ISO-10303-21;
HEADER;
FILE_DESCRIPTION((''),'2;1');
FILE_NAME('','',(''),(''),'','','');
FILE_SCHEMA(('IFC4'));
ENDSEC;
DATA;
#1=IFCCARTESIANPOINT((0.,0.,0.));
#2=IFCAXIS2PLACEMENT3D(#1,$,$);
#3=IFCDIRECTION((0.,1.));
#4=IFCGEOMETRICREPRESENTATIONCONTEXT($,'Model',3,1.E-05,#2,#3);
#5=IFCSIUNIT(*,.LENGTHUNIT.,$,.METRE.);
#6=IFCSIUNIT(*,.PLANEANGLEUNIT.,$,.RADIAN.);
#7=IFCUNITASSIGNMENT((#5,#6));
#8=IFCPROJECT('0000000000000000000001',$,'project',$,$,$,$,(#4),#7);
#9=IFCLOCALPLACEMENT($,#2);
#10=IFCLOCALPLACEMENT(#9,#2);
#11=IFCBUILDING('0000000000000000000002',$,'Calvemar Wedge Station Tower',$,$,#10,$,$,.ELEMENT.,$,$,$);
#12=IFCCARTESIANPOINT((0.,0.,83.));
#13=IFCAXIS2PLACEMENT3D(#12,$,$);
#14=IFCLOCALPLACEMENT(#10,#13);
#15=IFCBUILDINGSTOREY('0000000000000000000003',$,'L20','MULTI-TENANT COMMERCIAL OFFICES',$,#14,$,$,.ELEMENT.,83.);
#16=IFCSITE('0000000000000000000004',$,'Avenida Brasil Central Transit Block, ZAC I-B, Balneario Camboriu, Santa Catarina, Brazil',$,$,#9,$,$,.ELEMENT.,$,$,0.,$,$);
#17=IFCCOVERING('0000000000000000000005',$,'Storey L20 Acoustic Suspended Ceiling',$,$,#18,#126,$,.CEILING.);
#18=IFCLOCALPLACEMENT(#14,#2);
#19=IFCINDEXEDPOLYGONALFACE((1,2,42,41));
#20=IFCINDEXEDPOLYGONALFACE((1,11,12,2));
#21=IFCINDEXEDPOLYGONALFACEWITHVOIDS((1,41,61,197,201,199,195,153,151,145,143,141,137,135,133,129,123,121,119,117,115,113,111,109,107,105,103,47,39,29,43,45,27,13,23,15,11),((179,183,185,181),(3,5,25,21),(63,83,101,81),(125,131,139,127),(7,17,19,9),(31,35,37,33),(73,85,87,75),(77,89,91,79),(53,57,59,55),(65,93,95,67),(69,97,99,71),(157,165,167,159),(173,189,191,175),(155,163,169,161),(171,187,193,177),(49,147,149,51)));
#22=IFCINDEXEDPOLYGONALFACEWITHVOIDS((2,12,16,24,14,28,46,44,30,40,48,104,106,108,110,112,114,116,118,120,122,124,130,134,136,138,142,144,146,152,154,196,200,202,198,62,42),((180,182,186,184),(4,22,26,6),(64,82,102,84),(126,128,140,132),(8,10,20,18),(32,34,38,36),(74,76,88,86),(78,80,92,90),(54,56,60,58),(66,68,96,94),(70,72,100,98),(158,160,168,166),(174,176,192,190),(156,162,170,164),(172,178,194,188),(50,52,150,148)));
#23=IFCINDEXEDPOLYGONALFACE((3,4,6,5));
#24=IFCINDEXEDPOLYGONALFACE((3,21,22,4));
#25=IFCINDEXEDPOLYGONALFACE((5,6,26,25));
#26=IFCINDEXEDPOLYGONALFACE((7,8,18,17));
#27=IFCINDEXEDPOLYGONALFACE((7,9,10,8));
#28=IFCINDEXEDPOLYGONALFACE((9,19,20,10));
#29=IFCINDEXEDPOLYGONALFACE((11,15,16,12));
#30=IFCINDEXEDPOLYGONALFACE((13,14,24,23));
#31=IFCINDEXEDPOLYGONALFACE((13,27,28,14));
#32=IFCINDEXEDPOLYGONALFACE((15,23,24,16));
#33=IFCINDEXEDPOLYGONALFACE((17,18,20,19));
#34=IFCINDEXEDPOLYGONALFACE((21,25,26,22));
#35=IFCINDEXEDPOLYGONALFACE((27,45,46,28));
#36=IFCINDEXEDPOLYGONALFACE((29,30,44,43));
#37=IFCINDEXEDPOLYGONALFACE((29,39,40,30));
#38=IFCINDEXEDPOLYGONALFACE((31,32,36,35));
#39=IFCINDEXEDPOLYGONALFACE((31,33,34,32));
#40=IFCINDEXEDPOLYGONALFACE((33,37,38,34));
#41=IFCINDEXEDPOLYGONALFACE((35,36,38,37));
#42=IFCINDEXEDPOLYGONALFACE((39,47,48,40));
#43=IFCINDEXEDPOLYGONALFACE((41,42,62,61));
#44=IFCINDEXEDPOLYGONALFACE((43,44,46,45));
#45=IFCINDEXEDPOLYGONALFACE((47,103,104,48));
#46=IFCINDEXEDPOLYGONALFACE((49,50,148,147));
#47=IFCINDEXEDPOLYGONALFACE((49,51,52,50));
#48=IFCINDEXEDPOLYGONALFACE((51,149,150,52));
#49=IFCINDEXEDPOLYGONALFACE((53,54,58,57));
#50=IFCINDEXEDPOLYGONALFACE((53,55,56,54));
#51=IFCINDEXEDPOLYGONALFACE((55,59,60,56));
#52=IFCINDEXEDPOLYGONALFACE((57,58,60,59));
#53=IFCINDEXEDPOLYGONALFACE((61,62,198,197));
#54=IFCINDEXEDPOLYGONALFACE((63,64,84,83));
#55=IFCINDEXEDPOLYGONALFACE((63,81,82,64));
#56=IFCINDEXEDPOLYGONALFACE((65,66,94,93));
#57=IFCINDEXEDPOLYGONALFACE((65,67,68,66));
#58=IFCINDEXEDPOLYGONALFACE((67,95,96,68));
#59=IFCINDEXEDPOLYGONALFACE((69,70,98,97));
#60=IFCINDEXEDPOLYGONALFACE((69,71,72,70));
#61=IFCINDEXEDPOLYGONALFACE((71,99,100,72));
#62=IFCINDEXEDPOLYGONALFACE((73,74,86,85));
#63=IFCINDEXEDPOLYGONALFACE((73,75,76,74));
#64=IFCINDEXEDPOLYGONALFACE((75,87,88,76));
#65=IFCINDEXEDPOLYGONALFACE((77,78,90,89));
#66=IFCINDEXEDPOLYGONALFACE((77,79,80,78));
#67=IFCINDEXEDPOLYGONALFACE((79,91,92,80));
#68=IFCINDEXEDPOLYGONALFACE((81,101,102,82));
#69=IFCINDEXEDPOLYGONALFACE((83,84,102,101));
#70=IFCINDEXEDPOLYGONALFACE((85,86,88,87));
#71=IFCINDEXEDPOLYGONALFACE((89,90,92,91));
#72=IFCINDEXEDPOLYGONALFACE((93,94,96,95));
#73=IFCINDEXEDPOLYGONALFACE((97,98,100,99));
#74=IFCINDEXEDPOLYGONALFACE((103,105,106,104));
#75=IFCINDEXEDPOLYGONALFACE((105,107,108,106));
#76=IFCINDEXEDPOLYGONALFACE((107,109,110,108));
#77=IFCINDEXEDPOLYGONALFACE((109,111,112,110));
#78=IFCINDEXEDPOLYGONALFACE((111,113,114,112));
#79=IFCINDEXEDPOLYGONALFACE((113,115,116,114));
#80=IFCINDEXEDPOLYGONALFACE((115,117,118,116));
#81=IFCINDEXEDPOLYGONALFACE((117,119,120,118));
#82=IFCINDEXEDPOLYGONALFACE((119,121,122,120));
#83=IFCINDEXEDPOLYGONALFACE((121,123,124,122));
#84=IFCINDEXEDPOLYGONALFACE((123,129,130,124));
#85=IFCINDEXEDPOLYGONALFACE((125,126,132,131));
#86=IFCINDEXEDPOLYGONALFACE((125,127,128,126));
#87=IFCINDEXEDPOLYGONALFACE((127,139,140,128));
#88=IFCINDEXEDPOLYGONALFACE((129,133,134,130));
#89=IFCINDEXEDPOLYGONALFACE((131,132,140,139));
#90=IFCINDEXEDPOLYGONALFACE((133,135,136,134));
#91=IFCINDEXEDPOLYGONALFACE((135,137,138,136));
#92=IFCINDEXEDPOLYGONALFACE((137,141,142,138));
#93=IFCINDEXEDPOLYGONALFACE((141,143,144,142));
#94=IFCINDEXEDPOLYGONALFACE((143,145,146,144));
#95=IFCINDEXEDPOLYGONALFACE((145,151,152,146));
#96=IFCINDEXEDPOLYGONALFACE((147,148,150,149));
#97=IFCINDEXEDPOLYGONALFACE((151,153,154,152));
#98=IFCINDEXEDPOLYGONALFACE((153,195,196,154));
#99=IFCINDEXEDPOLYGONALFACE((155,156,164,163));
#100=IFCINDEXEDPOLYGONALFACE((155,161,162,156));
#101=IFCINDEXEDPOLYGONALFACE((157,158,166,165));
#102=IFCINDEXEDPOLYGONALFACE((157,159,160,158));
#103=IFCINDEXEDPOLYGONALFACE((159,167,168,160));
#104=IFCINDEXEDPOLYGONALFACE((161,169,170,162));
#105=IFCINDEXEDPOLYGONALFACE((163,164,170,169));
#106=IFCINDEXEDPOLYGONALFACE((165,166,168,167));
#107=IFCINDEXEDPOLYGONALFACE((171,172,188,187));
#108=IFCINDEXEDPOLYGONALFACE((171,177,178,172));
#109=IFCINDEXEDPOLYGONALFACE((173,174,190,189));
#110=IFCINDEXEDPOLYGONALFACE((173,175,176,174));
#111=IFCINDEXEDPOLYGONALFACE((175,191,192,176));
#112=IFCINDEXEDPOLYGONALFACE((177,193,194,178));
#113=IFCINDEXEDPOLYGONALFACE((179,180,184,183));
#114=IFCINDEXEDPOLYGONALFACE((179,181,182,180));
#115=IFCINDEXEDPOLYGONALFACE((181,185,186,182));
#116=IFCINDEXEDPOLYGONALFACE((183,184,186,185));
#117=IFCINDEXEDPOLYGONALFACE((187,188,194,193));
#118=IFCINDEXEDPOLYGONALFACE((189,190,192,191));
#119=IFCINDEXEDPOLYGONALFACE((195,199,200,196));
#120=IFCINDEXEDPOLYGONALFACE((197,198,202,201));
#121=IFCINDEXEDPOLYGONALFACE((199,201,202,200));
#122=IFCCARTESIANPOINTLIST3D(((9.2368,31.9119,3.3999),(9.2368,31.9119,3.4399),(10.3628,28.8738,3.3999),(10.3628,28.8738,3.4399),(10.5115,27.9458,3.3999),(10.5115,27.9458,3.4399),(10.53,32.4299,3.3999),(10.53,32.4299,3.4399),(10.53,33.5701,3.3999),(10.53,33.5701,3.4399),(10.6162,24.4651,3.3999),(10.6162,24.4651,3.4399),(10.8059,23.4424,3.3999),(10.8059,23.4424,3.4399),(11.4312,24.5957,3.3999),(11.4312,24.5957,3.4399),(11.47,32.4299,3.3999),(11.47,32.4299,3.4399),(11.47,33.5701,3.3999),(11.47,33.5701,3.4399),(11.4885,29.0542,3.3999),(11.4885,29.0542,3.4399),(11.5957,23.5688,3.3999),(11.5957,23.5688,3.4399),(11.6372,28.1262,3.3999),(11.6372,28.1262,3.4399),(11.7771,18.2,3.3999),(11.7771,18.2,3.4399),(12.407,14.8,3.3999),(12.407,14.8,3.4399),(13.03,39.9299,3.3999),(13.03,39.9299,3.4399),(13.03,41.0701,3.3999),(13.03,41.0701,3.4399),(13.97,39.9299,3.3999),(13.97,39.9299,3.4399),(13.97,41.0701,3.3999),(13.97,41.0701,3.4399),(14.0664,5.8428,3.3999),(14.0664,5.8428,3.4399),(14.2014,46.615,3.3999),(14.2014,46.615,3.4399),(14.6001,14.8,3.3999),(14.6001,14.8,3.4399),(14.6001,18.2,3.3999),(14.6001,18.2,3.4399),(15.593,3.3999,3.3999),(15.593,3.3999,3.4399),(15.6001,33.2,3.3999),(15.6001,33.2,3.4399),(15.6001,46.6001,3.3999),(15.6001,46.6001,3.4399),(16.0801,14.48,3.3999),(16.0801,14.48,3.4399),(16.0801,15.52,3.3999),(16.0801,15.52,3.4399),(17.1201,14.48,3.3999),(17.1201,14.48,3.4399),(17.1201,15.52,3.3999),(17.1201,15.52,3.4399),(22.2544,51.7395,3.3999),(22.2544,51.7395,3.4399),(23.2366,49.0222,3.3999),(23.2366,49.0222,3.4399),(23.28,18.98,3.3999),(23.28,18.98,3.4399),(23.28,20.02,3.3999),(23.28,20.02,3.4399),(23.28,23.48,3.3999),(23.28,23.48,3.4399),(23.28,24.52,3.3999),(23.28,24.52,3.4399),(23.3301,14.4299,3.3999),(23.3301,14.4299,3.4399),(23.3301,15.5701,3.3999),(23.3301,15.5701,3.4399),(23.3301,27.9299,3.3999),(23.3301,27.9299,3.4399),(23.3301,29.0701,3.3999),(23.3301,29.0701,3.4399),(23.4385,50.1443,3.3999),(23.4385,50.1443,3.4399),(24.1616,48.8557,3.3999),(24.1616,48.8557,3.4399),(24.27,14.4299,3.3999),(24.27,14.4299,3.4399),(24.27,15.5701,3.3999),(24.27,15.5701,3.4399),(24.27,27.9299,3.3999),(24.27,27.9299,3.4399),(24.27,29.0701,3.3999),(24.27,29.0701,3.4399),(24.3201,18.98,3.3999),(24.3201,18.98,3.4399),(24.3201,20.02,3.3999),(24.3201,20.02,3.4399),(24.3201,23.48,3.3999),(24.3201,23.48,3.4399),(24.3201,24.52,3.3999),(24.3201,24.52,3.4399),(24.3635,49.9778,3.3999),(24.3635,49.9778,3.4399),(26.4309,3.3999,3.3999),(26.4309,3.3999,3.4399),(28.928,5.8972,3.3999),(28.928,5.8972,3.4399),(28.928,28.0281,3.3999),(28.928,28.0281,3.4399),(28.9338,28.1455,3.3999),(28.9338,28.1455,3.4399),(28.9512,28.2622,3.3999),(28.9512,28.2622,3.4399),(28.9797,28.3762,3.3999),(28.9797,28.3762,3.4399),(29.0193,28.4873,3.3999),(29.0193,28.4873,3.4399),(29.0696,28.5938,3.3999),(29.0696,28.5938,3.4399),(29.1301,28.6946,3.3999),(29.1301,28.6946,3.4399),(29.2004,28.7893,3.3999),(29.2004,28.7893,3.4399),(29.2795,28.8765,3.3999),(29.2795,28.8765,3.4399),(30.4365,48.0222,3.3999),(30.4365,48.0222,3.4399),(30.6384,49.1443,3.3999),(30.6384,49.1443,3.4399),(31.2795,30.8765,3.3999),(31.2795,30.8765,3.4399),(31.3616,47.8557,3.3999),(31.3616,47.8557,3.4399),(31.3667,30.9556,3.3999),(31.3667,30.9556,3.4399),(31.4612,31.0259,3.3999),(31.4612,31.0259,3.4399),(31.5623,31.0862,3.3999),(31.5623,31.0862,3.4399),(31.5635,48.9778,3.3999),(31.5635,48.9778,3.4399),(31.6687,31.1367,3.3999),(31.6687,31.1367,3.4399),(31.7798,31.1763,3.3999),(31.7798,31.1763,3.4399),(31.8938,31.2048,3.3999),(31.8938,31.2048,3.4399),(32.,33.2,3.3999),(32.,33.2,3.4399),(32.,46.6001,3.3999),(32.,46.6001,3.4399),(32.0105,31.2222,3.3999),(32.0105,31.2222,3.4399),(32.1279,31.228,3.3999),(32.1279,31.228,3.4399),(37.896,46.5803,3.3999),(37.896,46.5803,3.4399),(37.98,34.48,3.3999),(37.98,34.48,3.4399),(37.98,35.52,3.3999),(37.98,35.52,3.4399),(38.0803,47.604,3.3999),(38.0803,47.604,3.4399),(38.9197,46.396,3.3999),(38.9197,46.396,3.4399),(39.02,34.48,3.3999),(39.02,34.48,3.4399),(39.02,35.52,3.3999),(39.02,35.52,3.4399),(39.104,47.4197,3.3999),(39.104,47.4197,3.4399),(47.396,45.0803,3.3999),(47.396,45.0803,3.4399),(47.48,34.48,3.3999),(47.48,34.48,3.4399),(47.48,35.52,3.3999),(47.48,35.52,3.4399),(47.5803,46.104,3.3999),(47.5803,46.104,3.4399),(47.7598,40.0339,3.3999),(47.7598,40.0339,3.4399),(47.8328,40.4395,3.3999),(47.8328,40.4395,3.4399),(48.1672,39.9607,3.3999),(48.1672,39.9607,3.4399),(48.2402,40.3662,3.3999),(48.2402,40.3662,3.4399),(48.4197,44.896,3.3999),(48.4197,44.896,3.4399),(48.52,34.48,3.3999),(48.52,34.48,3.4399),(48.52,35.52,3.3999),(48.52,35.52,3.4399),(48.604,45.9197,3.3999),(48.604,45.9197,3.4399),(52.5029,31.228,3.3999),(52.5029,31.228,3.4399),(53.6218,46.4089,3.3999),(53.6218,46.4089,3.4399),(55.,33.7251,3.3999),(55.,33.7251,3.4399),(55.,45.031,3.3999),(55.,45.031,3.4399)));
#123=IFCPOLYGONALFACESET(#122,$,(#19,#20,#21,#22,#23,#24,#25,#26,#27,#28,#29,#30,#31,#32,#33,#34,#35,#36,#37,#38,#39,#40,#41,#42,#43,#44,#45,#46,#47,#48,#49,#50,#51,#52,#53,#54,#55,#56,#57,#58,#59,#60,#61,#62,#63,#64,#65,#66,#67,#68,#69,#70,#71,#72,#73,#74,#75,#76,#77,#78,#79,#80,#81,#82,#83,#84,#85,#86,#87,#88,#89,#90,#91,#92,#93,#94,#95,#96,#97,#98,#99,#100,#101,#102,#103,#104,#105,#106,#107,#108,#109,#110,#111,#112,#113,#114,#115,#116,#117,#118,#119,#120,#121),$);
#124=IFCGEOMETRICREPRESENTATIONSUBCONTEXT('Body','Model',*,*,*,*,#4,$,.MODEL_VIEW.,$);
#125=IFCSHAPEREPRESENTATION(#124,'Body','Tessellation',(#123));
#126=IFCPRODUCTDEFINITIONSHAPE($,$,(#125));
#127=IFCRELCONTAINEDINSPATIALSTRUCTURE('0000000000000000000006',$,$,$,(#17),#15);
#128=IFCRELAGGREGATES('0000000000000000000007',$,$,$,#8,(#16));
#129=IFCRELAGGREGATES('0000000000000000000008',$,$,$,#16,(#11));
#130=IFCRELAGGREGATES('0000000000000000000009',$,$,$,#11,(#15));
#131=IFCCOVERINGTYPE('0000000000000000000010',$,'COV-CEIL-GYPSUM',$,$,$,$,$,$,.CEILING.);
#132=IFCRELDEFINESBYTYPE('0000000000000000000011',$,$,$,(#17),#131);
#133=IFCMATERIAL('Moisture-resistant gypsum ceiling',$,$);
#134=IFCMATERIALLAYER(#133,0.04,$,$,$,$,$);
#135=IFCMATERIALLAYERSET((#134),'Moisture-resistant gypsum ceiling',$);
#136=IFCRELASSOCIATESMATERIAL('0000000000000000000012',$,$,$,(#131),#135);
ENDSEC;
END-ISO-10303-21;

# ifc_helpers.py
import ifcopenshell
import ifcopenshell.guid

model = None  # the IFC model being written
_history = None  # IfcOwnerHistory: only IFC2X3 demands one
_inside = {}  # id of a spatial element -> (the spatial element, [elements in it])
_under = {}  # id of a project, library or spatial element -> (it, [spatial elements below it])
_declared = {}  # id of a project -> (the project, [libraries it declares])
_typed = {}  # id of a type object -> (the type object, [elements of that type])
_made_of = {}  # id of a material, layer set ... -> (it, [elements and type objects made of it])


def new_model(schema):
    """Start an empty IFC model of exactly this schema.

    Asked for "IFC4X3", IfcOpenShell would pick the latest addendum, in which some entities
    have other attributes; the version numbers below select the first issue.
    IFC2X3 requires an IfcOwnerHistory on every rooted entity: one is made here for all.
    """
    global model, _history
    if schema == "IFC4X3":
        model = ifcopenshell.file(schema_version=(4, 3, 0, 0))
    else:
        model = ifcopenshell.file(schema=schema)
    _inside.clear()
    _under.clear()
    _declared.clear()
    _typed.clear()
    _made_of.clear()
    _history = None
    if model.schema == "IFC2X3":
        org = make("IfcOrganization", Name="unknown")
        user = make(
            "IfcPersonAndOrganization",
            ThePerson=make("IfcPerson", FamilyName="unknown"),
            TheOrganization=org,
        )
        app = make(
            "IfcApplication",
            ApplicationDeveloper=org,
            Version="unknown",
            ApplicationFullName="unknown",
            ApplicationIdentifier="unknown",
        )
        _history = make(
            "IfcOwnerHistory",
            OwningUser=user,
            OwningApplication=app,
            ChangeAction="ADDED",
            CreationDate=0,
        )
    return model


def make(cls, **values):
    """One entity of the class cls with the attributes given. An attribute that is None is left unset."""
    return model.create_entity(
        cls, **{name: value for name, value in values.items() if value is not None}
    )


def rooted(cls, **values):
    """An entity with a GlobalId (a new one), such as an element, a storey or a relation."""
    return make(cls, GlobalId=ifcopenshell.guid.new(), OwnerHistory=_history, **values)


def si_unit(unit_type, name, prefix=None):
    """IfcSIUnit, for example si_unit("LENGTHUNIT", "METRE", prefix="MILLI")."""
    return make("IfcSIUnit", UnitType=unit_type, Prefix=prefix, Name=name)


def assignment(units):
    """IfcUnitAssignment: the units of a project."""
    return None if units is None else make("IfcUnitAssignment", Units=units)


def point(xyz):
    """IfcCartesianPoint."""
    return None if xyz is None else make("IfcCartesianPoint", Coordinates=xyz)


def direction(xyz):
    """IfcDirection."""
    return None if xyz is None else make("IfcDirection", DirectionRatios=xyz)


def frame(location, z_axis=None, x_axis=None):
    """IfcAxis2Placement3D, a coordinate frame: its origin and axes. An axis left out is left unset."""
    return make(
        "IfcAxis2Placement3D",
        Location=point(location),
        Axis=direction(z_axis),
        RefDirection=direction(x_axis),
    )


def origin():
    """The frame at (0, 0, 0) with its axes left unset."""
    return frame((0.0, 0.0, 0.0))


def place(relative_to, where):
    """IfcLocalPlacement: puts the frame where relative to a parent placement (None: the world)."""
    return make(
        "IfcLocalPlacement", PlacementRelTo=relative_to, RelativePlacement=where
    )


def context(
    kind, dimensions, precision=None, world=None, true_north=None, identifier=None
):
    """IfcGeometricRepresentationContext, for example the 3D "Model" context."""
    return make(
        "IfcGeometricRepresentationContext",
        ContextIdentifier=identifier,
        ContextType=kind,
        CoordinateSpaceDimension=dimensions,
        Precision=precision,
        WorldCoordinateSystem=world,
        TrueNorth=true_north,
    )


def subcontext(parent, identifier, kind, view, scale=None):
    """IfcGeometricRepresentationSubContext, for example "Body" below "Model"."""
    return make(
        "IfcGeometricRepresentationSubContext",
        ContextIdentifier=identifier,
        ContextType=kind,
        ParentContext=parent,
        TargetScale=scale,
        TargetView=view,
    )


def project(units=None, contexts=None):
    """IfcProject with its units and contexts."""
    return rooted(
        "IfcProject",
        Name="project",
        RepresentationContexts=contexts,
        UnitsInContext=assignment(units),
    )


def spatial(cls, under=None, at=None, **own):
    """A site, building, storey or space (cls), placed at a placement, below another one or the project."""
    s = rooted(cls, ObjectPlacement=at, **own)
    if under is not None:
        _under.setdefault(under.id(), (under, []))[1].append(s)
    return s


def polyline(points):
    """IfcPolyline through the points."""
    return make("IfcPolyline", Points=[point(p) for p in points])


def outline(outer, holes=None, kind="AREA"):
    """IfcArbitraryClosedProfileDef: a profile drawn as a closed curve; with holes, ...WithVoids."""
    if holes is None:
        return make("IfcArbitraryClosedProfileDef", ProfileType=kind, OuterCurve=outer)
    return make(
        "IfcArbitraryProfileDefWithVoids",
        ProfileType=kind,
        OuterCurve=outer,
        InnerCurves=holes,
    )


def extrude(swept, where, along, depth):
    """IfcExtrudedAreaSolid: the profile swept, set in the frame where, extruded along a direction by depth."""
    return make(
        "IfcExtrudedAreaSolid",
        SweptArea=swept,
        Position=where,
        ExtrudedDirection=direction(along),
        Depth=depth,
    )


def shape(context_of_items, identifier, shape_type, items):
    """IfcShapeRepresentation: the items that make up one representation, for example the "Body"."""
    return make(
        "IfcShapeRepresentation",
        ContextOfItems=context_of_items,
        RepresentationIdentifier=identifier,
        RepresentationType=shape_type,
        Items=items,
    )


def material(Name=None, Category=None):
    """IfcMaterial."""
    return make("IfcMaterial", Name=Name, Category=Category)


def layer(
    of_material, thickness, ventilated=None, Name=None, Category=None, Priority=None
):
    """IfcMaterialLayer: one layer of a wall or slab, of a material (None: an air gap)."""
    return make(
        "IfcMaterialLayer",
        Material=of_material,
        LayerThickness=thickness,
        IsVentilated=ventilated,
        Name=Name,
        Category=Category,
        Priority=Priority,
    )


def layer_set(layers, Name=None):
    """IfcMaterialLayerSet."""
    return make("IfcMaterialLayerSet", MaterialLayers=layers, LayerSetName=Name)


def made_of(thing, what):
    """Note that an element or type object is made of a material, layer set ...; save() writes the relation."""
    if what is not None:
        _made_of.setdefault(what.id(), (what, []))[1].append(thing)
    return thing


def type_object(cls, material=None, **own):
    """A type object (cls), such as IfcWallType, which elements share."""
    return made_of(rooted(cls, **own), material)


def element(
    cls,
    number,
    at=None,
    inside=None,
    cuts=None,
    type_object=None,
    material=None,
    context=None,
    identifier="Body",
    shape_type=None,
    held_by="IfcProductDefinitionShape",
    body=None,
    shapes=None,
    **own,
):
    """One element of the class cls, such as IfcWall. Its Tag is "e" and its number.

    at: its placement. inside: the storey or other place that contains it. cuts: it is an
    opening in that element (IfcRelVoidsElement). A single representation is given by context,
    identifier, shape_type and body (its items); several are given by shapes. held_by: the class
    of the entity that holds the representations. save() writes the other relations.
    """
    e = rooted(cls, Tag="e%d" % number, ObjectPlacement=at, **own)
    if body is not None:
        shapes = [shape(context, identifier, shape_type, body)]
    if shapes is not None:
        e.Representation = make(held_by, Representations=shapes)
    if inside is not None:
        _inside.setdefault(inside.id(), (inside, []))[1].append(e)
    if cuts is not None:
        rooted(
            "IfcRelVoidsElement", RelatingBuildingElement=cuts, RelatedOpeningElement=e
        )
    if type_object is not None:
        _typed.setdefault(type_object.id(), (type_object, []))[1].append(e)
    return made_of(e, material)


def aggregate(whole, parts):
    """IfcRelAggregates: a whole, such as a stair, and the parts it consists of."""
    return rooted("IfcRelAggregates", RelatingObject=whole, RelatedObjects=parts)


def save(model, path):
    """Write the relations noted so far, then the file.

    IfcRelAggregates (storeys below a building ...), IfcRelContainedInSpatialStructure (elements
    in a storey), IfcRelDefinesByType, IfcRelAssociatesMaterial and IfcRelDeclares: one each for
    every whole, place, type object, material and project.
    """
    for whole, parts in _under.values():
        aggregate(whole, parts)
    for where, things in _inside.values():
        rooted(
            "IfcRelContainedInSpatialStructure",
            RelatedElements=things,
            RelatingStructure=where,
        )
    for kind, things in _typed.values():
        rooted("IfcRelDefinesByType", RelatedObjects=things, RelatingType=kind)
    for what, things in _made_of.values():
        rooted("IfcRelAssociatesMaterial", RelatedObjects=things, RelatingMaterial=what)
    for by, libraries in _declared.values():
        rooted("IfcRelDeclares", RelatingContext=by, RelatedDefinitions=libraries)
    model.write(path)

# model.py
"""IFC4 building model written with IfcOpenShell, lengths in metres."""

from ifc_helpers import new_model, si_unit, direction, frame, origin, place, context, subcontext, project, spatial, polyline, outline, extrude, material, layer, layer_set, type_object, element, save


model = new_model("IFC4")

# Units and contexts
model_context = context("Model", 3, precision=1e-05, world=origin(), true_north=direction((0.0, 1.0)))
body_context = subcontext(model_context, "Body", "Model", "MODEL_VIEW")
ifc_project = project(units=[si_unit("LENGTHUNIT", "METRE"), si_unit("PLANEANGLEUNIT", "RADIAN")], contexts=[model_context])

# Site, building, storey
site_placement = place(None, origin())
site = spatial("IfcSite", under=ifc_project, at=site_placement, Name="Avenida Brasil Central Transit Block, ZAC I-B, Balneario Camboriu, Santa Catarina, Brazil", CompositionType="ELEMENT", RefElevation=0.0)
building_placement = place(site_placement, origin())
building = spatial("IfcBuilding", under=site, at=building_placement, Name="Calvemar Wedge Station Tower", CompositionType="ELEMENT")
storey_placement = place(building_placement, frame((0.0, 0.0, 83.0)))
storey = spatial("IfcBuildingStorey", under=building, at=storey_placement, Name="L20", Description="MULTI-TENANT COMMERCIAL OFFICES", CompositionType="ELEMENT", Elevation=83.0)

# Covering
ifc_material_1 = material(Name="Moisture-resistant gypsum ceiling")
ifc_layer_1 = layer(ifc_material_1, 0.04)
ifc_layer_set_1 = layer_set([ifc_layer_1], Name="Moisture-resistant gypsum ceiling")
covering_type_1 = type_object("IfcCoveringType", Name="COV-CEIL-GYPSUM", PredefinedType="CEILING", material=ifc_layer_set_1)
covering_1_placement = place(storey_placement, frame((0.0, 0.0, 3.3999)))
element("IfcCovering", 1, at=covering_1_placement, inside=storey, type_object=covering_type_1, Name="Storey L20 Acoustic Suspended Ceiling", PredefinedType="CEILING", context=body_context, shape_type="SweptSolid", body=[
    extrude(outline(polyline([(29.2795, 28.8765), (31.2795, 30.8765), (31.3667, 30.9556), (31.4612, 31.0259), (31.5623, 31.0862), (31.6687, 31.1367), (31.7798, 31.1763), (31.8938, 31.2048), (32.0105, 31.2222), (32.1279, 31.228), (52.5029, 31.228), (55.0, 33.7251), (55.0, 45.031), (53.6218, 46.4089), (22.2544, 51.7395), (14.2014, 46.615), (9.2368, 31.9119), (10.6162, 24.4651), (11.4312, 24.5957), (11.5957, 23.5688), (10.8059, 23.4424), (11.7771, 18.2), (14.6001, 18.2), (14.6001, 14.8), (12.407, 14.8), (14.0664, 5.8428), (15.593, 3.3999), (26.4309, 3.3999), (28.928, 5.8972), (28.928, 28.0281), (28.9338, 28.1455), (28.9512, 28.2622), (28.9797, 28.3762), (29.0193, 28.4873), (29.0696, 28.5938), (29.1301, 28.6946), (29.2004, 28.7893), (29.2795, 28.8765)]), holes=[polyline([(15.6001, 46.6001), (32.0, 46.6001), (32.0, 33.2), (15.6001, 33.2), (15.6001, 46.6001)]), polyline([(10.53, 32.4299), (10.53, 33.5701), (11.47, 33.5701), (11.47, 32.4299), (10.53, 32.4299)]), polyline([(13.03, 41.0701), (13.97, 41.0701), (13.97, 39.9299), (13.03, 39.9299), (13.03, 41.0701)]), polyline([(24.3635, 49.9778), (24.1616, 48.8557), (23.2366, 49.0222), (23.4385, 50.1443), (24.3635, 49.9778)]), polyline([(31.3616, 47.8557), (30.4365, 48.0222), (30.6384, 49.1443), (31.5635, 48.9778), (31.3616, 47.8557)]), polyline([(37.896, 46.5803), (38.0803, 47.604), (39.104, 47.4197), (38.9197, 46.396), (37.896, 46.5803)]), polyline([(47.5803, 46.104), (48.604, 45.9197), (48.4197, 44.896), (47.396, 45.0803), (47.5803, 46.104)]), polyline([(39.02, 35.52), (39.02, 34.48), (37.98, 34.48), (37.98, 35.52), (39.02, 35.52)]), polyline([(48.52, 34.48), (47.48, 34.48), (47.48, 35.52), (48.52, 35.52), (48.52, 34.48)]), polyline([(47.7598, 40.0339), (47.8328, 40.4395), (48.2402, 40.3662), (48.1672, 39.9607), (47.7598, 40.0339)]), polyline([(11.4885, 29.0542), (11.6372, 28.1262), (10.5115, 27.9458), (10.3628, 28.8738), (11.4885, 29.0542)]), polyline([(24.27, 27.9299), (23.3301, 27.9299), (23.3301, 29.0701), (24.27, 29.0701), (24.27, 27.9299)]), polyline([(23.28, 23.48), (23.28, 24.52), (24.3201, 24.52), (24.3201, 23.48), (23.28, 23.48)]), polyline([(23.28, 20.02), (24.3201, 20.02), (24.3201, 18.98), (23.28, 18.98), (23.28, 20.02)]), polyline([(24.27, 15.5701), (24.27, 14.4299), (23.3301, 14.4299), (23.3301, 15.5701), (24.27, 15.5701)]), polyline([(17.1201, 14.48), (16.0801, 14.48), (16.0801, 15.52), (17.1201, 15.52), (17.1201, 14.48)])]), origin(), (0.0, 0.0, 1.0), 0.04),
])

save(model, "model.ifc")
